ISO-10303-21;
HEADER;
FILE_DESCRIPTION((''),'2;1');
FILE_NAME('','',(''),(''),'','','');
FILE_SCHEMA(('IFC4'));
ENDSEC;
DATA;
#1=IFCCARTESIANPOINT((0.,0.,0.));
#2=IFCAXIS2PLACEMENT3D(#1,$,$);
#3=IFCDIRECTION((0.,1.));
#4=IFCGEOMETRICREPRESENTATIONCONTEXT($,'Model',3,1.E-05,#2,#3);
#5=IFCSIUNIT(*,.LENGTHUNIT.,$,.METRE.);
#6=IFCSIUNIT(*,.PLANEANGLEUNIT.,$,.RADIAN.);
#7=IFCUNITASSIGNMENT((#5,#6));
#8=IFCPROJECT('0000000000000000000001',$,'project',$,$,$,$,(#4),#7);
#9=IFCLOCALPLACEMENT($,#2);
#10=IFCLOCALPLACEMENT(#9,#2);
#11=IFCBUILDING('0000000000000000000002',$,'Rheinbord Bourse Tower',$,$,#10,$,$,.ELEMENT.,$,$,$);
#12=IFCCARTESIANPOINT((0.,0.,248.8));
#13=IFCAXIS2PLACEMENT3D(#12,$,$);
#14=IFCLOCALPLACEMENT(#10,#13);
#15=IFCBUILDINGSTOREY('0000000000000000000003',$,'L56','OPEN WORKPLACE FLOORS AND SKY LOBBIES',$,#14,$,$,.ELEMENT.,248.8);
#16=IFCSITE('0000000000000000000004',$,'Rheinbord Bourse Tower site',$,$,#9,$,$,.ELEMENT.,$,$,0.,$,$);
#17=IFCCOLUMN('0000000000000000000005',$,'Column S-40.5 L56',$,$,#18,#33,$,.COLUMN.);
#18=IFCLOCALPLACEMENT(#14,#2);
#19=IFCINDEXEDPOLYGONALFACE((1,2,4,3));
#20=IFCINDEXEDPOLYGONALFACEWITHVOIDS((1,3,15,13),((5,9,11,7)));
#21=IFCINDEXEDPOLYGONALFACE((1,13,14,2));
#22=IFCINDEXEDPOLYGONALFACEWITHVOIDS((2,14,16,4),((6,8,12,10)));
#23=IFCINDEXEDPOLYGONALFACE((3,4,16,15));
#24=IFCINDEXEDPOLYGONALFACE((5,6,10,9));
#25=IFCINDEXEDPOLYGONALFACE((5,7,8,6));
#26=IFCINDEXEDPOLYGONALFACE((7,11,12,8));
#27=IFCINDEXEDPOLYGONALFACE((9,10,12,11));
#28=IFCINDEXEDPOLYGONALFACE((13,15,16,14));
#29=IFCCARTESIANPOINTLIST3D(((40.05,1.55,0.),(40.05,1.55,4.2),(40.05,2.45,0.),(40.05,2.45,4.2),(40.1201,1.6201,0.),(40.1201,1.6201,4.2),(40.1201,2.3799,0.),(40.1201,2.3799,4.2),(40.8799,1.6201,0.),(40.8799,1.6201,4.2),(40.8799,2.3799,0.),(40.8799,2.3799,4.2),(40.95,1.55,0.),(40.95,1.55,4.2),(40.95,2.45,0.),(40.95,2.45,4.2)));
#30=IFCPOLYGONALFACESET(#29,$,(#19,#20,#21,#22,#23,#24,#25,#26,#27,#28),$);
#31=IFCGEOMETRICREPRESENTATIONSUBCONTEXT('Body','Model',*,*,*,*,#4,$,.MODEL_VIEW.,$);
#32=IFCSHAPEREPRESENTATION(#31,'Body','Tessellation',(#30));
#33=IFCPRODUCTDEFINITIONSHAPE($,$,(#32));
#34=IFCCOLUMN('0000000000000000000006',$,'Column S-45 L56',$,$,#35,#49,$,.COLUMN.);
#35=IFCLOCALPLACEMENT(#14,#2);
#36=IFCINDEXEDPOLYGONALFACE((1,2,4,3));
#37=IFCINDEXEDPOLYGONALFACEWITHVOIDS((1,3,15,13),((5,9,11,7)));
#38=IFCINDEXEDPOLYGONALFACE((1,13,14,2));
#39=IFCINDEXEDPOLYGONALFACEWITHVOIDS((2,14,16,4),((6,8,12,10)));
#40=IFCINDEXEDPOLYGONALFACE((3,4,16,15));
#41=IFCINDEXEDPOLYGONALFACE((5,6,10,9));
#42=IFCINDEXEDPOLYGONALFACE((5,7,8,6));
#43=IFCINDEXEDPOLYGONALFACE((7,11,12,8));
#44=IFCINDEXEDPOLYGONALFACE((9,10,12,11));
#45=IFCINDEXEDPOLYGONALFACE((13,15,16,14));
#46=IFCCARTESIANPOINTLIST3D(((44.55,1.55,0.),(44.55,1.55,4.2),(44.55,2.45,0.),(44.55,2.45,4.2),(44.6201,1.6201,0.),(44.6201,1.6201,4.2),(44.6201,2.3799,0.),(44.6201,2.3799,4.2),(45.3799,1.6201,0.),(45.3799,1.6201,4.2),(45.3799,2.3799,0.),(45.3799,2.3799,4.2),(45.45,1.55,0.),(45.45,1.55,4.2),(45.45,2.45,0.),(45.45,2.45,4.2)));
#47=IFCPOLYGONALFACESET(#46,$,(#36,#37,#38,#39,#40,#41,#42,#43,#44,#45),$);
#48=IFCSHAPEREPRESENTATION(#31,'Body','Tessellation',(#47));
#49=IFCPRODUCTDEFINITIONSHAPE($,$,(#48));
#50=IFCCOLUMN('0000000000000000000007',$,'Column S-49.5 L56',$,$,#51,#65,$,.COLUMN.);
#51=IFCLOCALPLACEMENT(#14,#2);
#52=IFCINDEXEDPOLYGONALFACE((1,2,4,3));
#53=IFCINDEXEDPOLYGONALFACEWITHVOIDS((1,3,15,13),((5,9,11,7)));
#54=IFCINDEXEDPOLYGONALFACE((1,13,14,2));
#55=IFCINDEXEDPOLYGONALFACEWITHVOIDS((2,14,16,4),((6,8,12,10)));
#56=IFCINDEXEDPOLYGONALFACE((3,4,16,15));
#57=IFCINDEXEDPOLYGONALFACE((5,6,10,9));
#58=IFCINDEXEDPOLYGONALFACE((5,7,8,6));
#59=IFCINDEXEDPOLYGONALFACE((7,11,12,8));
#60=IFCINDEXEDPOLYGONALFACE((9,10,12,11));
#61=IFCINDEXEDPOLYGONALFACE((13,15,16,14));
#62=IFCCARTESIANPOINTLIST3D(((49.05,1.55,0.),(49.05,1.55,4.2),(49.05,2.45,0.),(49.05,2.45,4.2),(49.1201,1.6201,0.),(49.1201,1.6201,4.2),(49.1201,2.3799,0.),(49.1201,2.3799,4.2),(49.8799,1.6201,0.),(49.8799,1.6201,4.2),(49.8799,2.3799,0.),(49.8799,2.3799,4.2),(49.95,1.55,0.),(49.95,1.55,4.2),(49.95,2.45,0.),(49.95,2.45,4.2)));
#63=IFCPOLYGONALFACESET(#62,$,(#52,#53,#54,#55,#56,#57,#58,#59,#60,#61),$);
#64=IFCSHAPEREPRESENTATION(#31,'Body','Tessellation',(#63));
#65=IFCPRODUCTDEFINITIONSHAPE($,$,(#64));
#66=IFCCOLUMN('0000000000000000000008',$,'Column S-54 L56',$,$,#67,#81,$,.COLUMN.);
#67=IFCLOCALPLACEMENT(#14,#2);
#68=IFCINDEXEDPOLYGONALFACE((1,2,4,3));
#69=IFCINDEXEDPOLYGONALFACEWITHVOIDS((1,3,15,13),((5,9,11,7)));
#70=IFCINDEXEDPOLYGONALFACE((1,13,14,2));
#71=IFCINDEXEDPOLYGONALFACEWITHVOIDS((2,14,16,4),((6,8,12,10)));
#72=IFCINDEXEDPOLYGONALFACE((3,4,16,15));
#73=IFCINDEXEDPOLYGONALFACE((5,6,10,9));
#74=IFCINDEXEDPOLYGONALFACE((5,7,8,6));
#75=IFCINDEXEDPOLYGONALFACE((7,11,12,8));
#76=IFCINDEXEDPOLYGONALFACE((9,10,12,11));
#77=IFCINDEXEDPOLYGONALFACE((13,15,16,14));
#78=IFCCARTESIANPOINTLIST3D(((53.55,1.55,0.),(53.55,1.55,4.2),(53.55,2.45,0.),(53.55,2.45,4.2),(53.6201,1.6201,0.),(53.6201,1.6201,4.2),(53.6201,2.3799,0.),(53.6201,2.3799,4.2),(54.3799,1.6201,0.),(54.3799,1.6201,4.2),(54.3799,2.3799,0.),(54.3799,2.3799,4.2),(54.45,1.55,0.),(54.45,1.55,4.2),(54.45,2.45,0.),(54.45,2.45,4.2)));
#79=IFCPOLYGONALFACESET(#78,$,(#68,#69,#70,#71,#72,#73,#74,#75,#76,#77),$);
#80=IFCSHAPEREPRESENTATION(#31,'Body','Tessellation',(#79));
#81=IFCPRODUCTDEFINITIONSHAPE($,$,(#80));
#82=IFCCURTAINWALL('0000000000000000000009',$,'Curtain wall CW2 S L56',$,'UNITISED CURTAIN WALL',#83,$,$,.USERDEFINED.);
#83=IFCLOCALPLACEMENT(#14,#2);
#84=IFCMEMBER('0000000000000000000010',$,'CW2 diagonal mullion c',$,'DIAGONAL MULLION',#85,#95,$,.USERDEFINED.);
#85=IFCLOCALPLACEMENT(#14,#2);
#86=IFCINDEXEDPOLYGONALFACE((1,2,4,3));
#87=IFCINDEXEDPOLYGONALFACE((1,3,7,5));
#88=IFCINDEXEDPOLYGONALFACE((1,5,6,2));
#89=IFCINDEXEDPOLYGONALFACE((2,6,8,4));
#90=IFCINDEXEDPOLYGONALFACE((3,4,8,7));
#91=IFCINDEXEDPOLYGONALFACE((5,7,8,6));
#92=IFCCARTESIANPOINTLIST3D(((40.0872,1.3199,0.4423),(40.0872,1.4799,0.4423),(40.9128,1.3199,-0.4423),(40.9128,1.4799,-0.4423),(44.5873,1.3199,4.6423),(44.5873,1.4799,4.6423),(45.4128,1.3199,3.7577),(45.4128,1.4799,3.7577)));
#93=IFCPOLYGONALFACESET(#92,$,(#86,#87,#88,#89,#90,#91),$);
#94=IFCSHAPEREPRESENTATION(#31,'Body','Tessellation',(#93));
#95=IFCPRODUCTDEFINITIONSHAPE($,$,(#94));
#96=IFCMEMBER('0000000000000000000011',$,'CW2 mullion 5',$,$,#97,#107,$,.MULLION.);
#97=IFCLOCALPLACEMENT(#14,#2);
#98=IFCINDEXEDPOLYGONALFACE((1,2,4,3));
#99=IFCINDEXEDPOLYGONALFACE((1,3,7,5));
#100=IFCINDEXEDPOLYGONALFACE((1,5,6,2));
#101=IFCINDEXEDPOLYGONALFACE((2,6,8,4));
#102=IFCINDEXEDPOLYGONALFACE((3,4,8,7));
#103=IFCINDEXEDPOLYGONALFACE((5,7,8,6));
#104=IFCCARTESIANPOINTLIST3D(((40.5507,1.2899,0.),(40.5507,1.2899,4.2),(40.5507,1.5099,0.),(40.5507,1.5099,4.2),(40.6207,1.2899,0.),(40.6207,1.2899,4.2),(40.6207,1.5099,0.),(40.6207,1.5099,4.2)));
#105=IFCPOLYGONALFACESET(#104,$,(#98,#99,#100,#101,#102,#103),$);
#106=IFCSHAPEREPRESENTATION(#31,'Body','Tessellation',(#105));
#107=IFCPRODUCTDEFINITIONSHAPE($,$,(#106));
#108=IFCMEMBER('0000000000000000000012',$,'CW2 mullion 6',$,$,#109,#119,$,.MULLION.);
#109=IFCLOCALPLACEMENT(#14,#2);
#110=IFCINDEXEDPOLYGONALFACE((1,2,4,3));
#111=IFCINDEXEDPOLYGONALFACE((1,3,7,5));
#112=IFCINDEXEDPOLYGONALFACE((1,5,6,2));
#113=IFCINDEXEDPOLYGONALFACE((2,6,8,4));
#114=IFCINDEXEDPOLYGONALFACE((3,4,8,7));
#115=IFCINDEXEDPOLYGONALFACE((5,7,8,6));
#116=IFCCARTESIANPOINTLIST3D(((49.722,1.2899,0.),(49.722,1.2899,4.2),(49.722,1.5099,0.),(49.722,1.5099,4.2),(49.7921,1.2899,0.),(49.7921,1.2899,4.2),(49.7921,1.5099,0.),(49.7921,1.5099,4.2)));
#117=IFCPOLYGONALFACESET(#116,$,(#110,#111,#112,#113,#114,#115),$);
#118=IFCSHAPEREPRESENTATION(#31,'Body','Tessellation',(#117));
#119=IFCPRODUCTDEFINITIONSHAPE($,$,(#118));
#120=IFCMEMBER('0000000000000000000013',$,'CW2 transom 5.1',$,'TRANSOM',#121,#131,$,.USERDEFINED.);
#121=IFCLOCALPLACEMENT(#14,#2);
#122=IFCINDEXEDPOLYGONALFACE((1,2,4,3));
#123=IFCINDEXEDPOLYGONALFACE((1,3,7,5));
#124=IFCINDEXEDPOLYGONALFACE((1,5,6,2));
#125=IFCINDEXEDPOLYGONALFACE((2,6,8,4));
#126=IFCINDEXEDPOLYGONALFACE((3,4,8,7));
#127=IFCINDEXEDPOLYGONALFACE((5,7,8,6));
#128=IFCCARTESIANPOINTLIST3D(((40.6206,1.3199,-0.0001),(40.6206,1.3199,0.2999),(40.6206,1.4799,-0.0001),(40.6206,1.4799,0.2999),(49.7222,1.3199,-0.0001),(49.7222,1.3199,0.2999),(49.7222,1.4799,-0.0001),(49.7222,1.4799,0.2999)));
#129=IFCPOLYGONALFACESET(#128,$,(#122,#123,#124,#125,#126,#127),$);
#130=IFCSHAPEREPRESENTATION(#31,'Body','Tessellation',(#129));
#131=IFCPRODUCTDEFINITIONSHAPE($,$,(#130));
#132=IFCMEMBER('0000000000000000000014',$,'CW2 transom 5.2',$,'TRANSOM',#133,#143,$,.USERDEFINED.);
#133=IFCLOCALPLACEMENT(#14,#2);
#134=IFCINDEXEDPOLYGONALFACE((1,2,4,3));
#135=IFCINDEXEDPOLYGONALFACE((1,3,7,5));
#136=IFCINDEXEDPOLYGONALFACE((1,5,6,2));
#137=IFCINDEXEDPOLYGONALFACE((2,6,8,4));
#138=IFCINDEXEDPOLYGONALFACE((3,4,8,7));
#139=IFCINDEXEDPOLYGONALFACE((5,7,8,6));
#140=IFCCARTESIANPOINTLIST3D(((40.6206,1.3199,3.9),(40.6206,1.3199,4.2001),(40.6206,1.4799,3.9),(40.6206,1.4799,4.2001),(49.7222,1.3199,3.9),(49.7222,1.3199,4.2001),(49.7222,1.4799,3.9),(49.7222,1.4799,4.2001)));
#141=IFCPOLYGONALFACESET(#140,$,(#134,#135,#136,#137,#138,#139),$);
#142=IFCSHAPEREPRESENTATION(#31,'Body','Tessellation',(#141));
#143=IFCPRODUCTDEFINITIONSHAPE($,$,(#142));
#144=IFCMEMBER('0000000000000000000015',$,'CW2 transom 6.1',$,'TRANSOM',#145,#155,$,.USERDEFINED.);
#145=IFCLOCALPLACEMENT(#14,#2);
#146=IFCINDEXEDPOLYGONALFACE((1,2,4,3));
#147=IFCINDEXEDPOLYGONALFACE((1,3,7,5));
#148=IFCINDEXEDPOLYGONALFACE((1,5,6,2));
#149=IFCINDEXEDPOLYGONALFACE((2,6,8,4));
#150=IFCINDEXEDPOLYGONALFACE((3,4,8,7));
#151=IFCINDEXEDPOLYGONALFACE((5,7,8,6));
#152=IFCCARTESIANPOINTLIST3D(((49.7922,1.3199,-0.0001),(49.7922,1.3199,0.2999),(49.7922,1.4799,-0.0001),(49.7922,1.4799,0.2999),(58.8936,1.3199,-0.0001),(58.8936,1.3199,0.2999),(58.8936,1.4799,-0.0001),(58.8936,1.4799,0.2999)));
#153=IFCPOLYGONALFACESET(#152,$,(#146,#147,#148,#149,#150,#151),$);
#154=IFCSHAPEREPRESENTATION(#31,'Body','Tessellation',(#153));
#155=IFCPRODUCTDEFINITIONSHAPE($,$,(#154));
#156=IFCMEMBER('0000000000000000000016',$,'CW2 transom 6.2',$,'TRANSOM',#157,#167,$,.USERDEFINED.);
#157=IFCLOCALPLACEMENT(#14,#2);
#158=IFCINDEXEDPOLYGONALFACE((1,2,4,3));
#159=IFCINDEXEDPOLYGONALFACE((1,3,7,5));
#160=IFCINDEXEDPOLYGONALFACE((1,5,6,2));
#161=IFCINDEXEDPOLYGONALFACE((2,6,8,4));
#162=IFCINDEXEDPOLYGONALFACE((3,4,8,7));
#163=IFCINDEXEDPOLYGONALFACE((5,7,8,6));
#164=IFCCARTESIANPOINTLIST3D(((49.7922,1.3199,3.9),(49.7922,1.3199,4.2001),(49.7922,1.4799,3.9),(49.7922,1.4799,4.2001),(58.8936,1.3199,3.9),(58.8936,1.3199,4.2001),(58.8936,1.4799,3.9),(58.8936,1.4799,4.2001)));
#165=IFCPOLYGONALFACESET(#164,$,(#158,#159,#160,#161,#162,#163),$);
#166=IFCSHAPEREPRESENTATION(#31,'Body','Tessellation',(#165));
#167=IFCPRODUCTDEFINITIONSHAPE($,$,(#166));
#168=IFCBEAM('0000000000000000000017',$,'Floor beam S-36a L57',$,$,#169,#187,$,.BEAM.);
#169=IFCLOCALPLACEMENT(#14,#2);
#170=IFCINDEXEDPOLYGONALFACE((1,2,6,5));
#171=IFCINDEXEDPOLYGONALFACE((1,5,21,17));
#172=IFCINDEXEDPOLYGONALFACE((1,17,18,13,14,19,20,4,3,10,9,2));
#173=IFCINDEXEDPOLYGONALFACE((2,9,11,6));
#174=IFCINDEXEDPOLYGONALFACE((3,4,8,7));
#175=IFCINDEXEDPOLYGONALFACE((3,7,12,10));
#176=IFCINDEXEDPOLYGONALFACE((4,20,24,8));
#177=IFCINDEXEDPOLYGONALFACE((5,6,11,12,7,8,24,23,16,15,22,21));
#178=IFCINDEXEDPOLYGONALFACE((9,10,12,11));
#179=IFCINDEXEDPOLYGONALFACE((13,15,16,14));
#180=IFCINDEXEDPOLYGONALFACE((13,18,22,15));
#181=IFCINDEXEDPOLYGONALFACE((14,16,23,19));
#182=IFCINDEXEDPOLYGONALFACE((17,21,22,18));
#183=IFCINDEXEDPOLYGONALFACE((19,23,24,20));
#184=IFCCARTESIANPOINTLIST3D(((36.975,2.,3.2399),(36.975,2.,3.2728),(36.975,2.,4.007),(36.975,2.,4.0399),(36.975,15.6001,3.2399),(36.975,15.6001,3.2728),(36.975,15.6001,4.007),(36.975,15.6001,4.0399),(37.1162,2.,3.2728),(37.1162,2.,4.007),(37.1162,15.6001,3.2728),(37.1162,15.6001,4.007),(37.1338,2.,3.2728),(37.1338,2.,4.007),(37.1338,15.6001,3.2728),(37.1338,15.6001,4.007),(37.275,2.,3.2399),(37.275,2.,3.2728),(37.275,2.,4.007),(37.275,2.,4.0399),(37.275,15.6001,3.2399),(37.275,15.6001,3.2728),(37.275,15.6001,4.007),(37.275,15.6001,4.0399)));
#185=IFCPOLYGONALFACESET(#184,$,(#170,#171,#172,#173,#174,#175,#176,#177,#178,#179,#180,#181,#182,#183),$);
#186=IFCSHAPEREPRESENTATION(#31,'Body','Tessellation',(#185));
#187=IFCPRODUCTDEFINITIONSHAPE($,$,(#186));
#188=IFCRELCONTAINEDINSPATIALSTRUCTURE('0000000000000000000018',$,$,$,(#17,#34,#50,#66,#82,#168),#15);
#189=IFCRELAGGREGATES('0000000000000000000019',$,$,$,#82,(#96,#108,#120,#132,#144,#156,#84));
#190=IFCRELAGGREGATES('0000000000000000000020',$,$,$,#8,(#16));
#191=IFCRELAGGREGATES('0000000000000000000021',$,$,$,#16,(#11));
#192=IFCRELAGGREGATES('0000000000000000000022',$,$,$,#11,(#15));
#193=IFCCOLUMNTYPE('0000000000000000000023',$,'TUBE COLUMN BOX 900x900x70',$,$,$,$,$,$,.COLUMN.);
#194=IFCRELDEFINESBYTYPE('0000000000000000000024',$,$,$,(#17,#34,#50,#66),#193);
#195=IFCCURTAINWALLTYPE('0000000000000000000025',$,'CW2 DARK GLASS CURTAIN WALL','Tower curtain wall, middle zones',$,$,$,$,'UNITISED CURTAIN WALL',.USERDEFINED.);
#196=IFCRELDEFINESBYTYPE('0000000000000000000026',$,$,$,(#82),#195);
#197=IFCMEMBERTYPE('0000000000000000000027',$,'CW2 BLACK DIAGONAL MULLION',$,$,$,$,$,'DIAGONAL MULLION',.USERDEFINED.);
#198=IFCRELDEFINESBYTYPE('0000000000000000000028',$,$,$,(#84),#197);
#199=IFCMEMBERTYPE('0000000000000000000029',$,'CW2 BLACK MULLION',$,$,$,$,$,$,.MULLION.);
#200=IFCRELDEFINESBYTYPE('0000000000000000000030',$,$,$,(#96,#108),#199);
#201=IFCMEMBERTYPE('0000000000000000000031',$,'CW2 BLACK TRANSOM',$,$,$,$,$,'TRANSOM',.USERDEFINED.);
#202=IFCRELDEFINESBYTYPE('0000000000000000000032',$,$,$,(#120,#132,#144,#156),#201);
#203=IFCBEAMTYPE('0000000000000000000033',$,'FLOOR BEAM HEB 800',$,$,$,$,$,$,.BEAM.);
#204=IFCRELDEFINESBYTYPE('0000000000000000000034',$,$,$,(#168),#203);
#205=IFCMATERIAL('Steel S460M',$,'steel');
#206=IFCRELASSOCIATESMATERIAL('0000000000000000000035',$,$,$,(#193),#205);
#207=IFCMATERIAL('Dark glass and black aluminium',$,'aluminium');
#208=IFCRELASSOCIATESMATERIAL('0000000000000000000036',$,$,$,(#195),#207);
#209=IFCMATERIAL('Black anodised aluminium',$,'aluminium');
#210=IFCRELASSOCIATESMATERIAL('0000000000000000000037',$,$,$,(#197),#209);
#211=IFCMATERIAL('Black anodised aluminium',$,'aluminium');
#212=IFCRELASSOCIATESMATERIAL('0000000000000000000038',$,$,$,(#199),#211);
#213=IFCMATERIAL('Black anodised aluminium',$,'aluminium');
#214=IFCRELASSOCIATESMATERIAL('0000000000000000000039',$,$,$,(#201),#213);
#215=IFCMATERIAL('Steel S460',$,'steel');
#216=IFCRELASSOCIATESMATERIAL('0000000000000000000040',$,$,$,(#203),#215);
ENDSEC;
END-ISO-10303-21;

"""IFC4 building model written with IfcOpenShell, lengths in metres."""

from ifc_helpers import new_model, si_unit, direction, frame, origin, origin_2d, place, context, subcontext, project, spatial, rectangle, hollow_rectangle, i_section, extrude, material, material_profile, profile_set, type_object, element, aggregate, save


model = new_model("IFC4")

# Units and contexts
model_context = context("Model", 3, precision=1e-05, world=origin(), true_north=direction((0.0, 1.0)))
body_context = subcontext(model_context, "Body", "Model", "MODEL_VIEW")
ifc_project = project(units=[si_unit("LENGTHUNIT", "METRE"), si_unit("PLANEANGLEUNIT", "RADIAN")], contexts=[model_context])

# Site, building, storey
site_placement = place(None, origin())
site = spatial("IfcSite", under=ifc_project, at=site_placement, Name="Rheinbord Bourse Tower site", CompositionType="ELEMENT", RefElevation=0.0)
building_placement = place(site_placement, origin())
building = spatial("IfcBuilding", under=site, at=building_placement, Name="Rheinbord Bourse Tower", CompositionType="ELEMENT")
storey_placement = place(building_placement, frame((0.0, 0.0, 248.8)))
storey = spatial("IfcBuildingStorey", under=building, at=storey_placement, Name="L56", Description="OPEN WORKPLACE FLOORS AND SKY LOBBIES", CompositionType="ELEMENT", Elevation=248.8)

# Columns
ifc_material_1 = material(Name="Steel S460M", Category="steel")
ifc_material_profile_1 = material_profile(ifc_material_1, hollow_rectangle(XDim=0.8999, YDim=0.8999, WallThickness=0.0701, at=origin_2d()), Name="BOX 900x900x70")
ifc_profile_set_1 = profile_set([ifc_material_profile_1], Name="Steel S460M")
column_type = type_object("IfcColumnType", Name="TUBE COLUMN BOX 900x900x70", PredefinedType="COLUMN", material=ifc_profile_set_1)
for number, where, z_axis, x_axis, name in (
    (1, (40.5, 2.0, 0.0), (0.0, 0.0, 1.0), (0.0, 1.0, 0.0), "Column S-40.5 L56"),
    (2, (45.0, 2.0, 0.0), (0.0, 0.0, 1.0), (0.0, 1.0, 0.0), "Column S-45 L56"),
    (3, (49.5, 2.0, 0.0), (0.0, 0.0, 1.0), (0.0, 1.0, 0.0), "Column S-49.5 L56"),
    (4, (54.0, 2.0, 0.0), (0.0, 0.0, 1.0), (0.0, 1.0, 0.0), "Column S-54 L56"),
):
    element("IfcColumn", number, at=place(storey_placement, frame(where, z_axis=z_axis, x_axis=x_axis)), inside=storey, type_object=column_type, Name=name, PredefinedType="COLUMN", context=body_context, shape_type="SweptSolid", body=[
        extrude(hollow_rectangle(XDim=0.8999, YDim=0.8999, WallThickness=0.0701, at=origin_2d()), origin(), (0.0, 0.0, 1.0), 4.2),
    ])

# Curtain wall, members
ifc_material_2 = material(Name="Dark glass and black aluminium", Category="aluminium")
curtain_wall_type = type_object("IfcCurtainWallType", Name="CW2 DARK GLASS CURTAIN WALL", Description="Tower curtain wall, middle zones", ElementType="UNITISED CURTAIN WALL", PredefinedType="USERDEFINED", material=ifc_material_2)
curtain_wall_placement = place(storey_placement, origin())
curtain_wall = element("IfcCurtainWall", 5, at=curtain_wall_placement, inside=storey, type_object=curtain_wall_type, Name="Curtain wall CW2 S L56", ObjectType="UNITISED CURTAIN WALL", PredefinedType="USERDEFINED")
ifc_material_3 = material(Name="Black anodised aluminium", Category="aluminium")
ifc_material_profile_2 = material_profile(ifc_material_3, rectangle(XDim=0.1599, YDim=1.21, at=origin_2d()), Name="CW2 DIAGONAL MULLION 1210x160")
ifc_profile_set_2 = profile_set([ifc_material_profile_2], Name="Black anodised aluminium")
member_type_1 = type_object("IfcMemberType", Name="CW2 BLACK DIAGONAL MULLION", ElementType="DIAGONAL MULLION", PredefinedType="USERDEFINED", material=ifc_profile_set_2)
member_1_placement = place(storey_placement, frame((40.5, 1.3999, 0.0), z_axis=(0.731059, 0.0, 0.682314), x_axis=(0.0, 1.0, 0.0)))
member_1 = element("IfcMember", 6, at=member_1_placement, type_object=member_type_1, Name="CW2 diagonal mullion c", ObjectType="DIAGONAL MULLION", PredefinedType="USERDEFINED", context=body_context, shape_type="SweptSolid", body=[
    extrude(rectangle(XDim=0.1599, YDim=1.21, at=origin_2d()), origin(), (0.0, 0.0, 1.0), 6.1555),
])
ifc_material_4 = material(Name="Black anodised aluminium", Category="aluminium")
ifc_material_profile_3 = material_profile(ifc_material_4, rectangle(XDim=0.22, YDim=0.0701, at=origin_2d()), Name="CW2 MULLION 70x220")
ifc_profile_set_3 = profile_set([ifc_material_profile_3], Name="Black anodised aluminium")
member_type_2 = type_object("IfcMemberType", Name="CW2 BLACK MULLION", PredefinedType="MULLION", material=ifc_profile_set_3)
member_2_placement = place(storey_placement, frame((40.5857, 1.3999, 0.0), z_axis=(0.0, 0.0, 1.0), x_axis=(0.0, 1.0, 0.0)))
member_2 = element("IfcMember", 7, at=member_2_placement, type_object=member_type_2, Name="CW2 mullion 5", PredefinedType="MULLION", context=body_context, shape_type="SweptSolid", body=[
    extrude(rectangle(XDim=0.22, YDim=0.0701, at=origin_2d()), origin(), (0.0, 0.0, 1.0), 4.2),
])
member_3_placement = place(storey_placement, frame((49.7571, 1.3999, 0.0), z_axis=(0.0, 0.0, 1.0), x_axis=(0.0, 1.0, 0.0)))
member_3 = element("IfcMember", 8, at=member_3_placement, type_object=member_type_2, Name="CW2 mullion 6", PredefinedType="MULLION", context=body_context, shape_type="SweptSolid", body=[
    extrude(rectangle(XDim=0.22, YDim=0.0701, at=origin_2d()), origin(), (0.0, 0.0, 1.0), 4.2),
])
ifc_material_5 = material(Name="Black anodised aluminium", Category="aluminium")
ifc_material_profile_4 = material_profile(ifc_material_5, rectangle(XDim=0.1599, YDim=0.3, at=origin_2d()), Name="CW2 TRANSOM 300x160")
ifc_profile_set_4 = profile_set([ifc_material_profile_4], Name="Black anodised aluminium")
member_type_3 = type_object("IfcMemberType", Name="CW2 BLACK TRANSOM", ElementType="TRANSOM", PredefinedType="USERDEFINED", material=ifc_profile_set_4)
member_4_placement = place(storey_placement, frame((40.6206, 1.3999, 0.1499), z_axis=(1.0, 0.0, 0.0), x_axis=(0.0, 1.0, 0.0)))
member_4 = element("IfcMember", 9, at=member_4_placement, type_object=member_type_3, Name="CW2 transom 5.1", ObjectType="TRANSOM", PredefinedType="USERDEFINED", context=body_context, shape_type="SweptSolid", body=[
    extrude(rectangle(XDim=0.1599, YDim=0.3, at=origin_2d()), origin(), (0.0, 0.0, 1.0), 9.1016),
])
member_5_placement = place(storey_placement, frame((40.6206, 1.3999, 4.05), z_axis=(1.0, 0.0, 0.0), x_axis=(0.0, 1.0, 0.0)))
member_5 = element("IfcMember", 10, at=member_5_placement, type_object=member_type_3, Name="CW2 transom 5.2", ObjectType="TRANSOM", PredefinedType="USERDEFINED", context=body_context, shape_type="SweptSolid", body=[
    extrude(rectangle(XDim=0.1599, YDim=0.3, at=origin_2d()), origin(), (0.0, 0.0, 1.0), 9.1016),
])
member_6_placement = place(storey_placement, frame((49.7922, 1.3999, 0.1499), z_axis=(1.0, 0.0, 0.0), x_axis=(0.0, 1.0, 0.0)))
member_6 = element("IfcMember", 11, at=member_6_placement, type_object=member_type_3, Name="CW2 transom 6.1", ObjectType="TRANSOM", PredefinedType="USERDEFINED", context=body_context, shape_type="SweptSolid", body=[
    extrude(rectangle(XDim=0.1599, YDim=0.3, at=origin_2d()), origin(), (0.0, 0.0, 1.0), 9.1013),
])
member_7_placement = place(storey_placement, frame((49.7922, 1.3999, 4.05), z_axis=(1.0, 0.0, 0.0), x_axis=(0.0, 1.0, 0.0)))
member_7 = element("IfcMember", 12, at=member_7_placement, type_object=member_type_3, Name="CW2 transom 6.2", ObjectType="TRANSOM", PredefinedType="USERDEFINED", context=body_context, shape_type="SweptSolid", body=[
    extrude(rectangle(XDim=0.1599, YDim=0.3, at=origin_2d()), origin(), (0.0, 0.0, 1.0), 9.1013),
])

# Beam
ifc_material_6 = material(Name="Steel S460", Category="steel")
ifc_material_profile_5 = material_profile(ifc_material_6, i_section(OverallWidth=0.3, OverallDepth=0.8, WebThickness=0.0176, FlangeThickness=0.033, at=origin_2d()), Name="HEB 800")
ifc_profile_set_5 = profile_set([ifc_material_profile_5], Name="Steel S460")
beam_type_1 = type_object("IfcBeamType", Name="FLOOR BEAM HEB 800", PredefinedType="BEAM", material=ifc_profile_set_5)
for number, where, z_axis, x_axis, name in (
    (13, (37.125, 2.0, 3.6399), (0.0, 1.0, 0.0), (-1.0, 0.0, 0.0), "Floor beam S-36a L57"),
):
    element("IfcBeam", number, at=place(storey_placement, frame(where, z_axis=z_axis, x_axis=x_axis)), inside=storey, type_object=beam_type_1, Name=name, PredefinedType="BEAM", context=body_context, shape_type="SweptSolid", body=[
        extrude(i_section(OverallWidth=0.3, OverallDepth=0.8, WebThickness=0.0176, FlangeThickness=0.033, at=origin_2d()), origin(), (0.0, 0.0, 1.0), 13.6001),
    ])

aggregate(curtain_wall, [member_2, member_3, member_4, member_5, member_6, member_7, member_1])

save(model, "model.ifc")
